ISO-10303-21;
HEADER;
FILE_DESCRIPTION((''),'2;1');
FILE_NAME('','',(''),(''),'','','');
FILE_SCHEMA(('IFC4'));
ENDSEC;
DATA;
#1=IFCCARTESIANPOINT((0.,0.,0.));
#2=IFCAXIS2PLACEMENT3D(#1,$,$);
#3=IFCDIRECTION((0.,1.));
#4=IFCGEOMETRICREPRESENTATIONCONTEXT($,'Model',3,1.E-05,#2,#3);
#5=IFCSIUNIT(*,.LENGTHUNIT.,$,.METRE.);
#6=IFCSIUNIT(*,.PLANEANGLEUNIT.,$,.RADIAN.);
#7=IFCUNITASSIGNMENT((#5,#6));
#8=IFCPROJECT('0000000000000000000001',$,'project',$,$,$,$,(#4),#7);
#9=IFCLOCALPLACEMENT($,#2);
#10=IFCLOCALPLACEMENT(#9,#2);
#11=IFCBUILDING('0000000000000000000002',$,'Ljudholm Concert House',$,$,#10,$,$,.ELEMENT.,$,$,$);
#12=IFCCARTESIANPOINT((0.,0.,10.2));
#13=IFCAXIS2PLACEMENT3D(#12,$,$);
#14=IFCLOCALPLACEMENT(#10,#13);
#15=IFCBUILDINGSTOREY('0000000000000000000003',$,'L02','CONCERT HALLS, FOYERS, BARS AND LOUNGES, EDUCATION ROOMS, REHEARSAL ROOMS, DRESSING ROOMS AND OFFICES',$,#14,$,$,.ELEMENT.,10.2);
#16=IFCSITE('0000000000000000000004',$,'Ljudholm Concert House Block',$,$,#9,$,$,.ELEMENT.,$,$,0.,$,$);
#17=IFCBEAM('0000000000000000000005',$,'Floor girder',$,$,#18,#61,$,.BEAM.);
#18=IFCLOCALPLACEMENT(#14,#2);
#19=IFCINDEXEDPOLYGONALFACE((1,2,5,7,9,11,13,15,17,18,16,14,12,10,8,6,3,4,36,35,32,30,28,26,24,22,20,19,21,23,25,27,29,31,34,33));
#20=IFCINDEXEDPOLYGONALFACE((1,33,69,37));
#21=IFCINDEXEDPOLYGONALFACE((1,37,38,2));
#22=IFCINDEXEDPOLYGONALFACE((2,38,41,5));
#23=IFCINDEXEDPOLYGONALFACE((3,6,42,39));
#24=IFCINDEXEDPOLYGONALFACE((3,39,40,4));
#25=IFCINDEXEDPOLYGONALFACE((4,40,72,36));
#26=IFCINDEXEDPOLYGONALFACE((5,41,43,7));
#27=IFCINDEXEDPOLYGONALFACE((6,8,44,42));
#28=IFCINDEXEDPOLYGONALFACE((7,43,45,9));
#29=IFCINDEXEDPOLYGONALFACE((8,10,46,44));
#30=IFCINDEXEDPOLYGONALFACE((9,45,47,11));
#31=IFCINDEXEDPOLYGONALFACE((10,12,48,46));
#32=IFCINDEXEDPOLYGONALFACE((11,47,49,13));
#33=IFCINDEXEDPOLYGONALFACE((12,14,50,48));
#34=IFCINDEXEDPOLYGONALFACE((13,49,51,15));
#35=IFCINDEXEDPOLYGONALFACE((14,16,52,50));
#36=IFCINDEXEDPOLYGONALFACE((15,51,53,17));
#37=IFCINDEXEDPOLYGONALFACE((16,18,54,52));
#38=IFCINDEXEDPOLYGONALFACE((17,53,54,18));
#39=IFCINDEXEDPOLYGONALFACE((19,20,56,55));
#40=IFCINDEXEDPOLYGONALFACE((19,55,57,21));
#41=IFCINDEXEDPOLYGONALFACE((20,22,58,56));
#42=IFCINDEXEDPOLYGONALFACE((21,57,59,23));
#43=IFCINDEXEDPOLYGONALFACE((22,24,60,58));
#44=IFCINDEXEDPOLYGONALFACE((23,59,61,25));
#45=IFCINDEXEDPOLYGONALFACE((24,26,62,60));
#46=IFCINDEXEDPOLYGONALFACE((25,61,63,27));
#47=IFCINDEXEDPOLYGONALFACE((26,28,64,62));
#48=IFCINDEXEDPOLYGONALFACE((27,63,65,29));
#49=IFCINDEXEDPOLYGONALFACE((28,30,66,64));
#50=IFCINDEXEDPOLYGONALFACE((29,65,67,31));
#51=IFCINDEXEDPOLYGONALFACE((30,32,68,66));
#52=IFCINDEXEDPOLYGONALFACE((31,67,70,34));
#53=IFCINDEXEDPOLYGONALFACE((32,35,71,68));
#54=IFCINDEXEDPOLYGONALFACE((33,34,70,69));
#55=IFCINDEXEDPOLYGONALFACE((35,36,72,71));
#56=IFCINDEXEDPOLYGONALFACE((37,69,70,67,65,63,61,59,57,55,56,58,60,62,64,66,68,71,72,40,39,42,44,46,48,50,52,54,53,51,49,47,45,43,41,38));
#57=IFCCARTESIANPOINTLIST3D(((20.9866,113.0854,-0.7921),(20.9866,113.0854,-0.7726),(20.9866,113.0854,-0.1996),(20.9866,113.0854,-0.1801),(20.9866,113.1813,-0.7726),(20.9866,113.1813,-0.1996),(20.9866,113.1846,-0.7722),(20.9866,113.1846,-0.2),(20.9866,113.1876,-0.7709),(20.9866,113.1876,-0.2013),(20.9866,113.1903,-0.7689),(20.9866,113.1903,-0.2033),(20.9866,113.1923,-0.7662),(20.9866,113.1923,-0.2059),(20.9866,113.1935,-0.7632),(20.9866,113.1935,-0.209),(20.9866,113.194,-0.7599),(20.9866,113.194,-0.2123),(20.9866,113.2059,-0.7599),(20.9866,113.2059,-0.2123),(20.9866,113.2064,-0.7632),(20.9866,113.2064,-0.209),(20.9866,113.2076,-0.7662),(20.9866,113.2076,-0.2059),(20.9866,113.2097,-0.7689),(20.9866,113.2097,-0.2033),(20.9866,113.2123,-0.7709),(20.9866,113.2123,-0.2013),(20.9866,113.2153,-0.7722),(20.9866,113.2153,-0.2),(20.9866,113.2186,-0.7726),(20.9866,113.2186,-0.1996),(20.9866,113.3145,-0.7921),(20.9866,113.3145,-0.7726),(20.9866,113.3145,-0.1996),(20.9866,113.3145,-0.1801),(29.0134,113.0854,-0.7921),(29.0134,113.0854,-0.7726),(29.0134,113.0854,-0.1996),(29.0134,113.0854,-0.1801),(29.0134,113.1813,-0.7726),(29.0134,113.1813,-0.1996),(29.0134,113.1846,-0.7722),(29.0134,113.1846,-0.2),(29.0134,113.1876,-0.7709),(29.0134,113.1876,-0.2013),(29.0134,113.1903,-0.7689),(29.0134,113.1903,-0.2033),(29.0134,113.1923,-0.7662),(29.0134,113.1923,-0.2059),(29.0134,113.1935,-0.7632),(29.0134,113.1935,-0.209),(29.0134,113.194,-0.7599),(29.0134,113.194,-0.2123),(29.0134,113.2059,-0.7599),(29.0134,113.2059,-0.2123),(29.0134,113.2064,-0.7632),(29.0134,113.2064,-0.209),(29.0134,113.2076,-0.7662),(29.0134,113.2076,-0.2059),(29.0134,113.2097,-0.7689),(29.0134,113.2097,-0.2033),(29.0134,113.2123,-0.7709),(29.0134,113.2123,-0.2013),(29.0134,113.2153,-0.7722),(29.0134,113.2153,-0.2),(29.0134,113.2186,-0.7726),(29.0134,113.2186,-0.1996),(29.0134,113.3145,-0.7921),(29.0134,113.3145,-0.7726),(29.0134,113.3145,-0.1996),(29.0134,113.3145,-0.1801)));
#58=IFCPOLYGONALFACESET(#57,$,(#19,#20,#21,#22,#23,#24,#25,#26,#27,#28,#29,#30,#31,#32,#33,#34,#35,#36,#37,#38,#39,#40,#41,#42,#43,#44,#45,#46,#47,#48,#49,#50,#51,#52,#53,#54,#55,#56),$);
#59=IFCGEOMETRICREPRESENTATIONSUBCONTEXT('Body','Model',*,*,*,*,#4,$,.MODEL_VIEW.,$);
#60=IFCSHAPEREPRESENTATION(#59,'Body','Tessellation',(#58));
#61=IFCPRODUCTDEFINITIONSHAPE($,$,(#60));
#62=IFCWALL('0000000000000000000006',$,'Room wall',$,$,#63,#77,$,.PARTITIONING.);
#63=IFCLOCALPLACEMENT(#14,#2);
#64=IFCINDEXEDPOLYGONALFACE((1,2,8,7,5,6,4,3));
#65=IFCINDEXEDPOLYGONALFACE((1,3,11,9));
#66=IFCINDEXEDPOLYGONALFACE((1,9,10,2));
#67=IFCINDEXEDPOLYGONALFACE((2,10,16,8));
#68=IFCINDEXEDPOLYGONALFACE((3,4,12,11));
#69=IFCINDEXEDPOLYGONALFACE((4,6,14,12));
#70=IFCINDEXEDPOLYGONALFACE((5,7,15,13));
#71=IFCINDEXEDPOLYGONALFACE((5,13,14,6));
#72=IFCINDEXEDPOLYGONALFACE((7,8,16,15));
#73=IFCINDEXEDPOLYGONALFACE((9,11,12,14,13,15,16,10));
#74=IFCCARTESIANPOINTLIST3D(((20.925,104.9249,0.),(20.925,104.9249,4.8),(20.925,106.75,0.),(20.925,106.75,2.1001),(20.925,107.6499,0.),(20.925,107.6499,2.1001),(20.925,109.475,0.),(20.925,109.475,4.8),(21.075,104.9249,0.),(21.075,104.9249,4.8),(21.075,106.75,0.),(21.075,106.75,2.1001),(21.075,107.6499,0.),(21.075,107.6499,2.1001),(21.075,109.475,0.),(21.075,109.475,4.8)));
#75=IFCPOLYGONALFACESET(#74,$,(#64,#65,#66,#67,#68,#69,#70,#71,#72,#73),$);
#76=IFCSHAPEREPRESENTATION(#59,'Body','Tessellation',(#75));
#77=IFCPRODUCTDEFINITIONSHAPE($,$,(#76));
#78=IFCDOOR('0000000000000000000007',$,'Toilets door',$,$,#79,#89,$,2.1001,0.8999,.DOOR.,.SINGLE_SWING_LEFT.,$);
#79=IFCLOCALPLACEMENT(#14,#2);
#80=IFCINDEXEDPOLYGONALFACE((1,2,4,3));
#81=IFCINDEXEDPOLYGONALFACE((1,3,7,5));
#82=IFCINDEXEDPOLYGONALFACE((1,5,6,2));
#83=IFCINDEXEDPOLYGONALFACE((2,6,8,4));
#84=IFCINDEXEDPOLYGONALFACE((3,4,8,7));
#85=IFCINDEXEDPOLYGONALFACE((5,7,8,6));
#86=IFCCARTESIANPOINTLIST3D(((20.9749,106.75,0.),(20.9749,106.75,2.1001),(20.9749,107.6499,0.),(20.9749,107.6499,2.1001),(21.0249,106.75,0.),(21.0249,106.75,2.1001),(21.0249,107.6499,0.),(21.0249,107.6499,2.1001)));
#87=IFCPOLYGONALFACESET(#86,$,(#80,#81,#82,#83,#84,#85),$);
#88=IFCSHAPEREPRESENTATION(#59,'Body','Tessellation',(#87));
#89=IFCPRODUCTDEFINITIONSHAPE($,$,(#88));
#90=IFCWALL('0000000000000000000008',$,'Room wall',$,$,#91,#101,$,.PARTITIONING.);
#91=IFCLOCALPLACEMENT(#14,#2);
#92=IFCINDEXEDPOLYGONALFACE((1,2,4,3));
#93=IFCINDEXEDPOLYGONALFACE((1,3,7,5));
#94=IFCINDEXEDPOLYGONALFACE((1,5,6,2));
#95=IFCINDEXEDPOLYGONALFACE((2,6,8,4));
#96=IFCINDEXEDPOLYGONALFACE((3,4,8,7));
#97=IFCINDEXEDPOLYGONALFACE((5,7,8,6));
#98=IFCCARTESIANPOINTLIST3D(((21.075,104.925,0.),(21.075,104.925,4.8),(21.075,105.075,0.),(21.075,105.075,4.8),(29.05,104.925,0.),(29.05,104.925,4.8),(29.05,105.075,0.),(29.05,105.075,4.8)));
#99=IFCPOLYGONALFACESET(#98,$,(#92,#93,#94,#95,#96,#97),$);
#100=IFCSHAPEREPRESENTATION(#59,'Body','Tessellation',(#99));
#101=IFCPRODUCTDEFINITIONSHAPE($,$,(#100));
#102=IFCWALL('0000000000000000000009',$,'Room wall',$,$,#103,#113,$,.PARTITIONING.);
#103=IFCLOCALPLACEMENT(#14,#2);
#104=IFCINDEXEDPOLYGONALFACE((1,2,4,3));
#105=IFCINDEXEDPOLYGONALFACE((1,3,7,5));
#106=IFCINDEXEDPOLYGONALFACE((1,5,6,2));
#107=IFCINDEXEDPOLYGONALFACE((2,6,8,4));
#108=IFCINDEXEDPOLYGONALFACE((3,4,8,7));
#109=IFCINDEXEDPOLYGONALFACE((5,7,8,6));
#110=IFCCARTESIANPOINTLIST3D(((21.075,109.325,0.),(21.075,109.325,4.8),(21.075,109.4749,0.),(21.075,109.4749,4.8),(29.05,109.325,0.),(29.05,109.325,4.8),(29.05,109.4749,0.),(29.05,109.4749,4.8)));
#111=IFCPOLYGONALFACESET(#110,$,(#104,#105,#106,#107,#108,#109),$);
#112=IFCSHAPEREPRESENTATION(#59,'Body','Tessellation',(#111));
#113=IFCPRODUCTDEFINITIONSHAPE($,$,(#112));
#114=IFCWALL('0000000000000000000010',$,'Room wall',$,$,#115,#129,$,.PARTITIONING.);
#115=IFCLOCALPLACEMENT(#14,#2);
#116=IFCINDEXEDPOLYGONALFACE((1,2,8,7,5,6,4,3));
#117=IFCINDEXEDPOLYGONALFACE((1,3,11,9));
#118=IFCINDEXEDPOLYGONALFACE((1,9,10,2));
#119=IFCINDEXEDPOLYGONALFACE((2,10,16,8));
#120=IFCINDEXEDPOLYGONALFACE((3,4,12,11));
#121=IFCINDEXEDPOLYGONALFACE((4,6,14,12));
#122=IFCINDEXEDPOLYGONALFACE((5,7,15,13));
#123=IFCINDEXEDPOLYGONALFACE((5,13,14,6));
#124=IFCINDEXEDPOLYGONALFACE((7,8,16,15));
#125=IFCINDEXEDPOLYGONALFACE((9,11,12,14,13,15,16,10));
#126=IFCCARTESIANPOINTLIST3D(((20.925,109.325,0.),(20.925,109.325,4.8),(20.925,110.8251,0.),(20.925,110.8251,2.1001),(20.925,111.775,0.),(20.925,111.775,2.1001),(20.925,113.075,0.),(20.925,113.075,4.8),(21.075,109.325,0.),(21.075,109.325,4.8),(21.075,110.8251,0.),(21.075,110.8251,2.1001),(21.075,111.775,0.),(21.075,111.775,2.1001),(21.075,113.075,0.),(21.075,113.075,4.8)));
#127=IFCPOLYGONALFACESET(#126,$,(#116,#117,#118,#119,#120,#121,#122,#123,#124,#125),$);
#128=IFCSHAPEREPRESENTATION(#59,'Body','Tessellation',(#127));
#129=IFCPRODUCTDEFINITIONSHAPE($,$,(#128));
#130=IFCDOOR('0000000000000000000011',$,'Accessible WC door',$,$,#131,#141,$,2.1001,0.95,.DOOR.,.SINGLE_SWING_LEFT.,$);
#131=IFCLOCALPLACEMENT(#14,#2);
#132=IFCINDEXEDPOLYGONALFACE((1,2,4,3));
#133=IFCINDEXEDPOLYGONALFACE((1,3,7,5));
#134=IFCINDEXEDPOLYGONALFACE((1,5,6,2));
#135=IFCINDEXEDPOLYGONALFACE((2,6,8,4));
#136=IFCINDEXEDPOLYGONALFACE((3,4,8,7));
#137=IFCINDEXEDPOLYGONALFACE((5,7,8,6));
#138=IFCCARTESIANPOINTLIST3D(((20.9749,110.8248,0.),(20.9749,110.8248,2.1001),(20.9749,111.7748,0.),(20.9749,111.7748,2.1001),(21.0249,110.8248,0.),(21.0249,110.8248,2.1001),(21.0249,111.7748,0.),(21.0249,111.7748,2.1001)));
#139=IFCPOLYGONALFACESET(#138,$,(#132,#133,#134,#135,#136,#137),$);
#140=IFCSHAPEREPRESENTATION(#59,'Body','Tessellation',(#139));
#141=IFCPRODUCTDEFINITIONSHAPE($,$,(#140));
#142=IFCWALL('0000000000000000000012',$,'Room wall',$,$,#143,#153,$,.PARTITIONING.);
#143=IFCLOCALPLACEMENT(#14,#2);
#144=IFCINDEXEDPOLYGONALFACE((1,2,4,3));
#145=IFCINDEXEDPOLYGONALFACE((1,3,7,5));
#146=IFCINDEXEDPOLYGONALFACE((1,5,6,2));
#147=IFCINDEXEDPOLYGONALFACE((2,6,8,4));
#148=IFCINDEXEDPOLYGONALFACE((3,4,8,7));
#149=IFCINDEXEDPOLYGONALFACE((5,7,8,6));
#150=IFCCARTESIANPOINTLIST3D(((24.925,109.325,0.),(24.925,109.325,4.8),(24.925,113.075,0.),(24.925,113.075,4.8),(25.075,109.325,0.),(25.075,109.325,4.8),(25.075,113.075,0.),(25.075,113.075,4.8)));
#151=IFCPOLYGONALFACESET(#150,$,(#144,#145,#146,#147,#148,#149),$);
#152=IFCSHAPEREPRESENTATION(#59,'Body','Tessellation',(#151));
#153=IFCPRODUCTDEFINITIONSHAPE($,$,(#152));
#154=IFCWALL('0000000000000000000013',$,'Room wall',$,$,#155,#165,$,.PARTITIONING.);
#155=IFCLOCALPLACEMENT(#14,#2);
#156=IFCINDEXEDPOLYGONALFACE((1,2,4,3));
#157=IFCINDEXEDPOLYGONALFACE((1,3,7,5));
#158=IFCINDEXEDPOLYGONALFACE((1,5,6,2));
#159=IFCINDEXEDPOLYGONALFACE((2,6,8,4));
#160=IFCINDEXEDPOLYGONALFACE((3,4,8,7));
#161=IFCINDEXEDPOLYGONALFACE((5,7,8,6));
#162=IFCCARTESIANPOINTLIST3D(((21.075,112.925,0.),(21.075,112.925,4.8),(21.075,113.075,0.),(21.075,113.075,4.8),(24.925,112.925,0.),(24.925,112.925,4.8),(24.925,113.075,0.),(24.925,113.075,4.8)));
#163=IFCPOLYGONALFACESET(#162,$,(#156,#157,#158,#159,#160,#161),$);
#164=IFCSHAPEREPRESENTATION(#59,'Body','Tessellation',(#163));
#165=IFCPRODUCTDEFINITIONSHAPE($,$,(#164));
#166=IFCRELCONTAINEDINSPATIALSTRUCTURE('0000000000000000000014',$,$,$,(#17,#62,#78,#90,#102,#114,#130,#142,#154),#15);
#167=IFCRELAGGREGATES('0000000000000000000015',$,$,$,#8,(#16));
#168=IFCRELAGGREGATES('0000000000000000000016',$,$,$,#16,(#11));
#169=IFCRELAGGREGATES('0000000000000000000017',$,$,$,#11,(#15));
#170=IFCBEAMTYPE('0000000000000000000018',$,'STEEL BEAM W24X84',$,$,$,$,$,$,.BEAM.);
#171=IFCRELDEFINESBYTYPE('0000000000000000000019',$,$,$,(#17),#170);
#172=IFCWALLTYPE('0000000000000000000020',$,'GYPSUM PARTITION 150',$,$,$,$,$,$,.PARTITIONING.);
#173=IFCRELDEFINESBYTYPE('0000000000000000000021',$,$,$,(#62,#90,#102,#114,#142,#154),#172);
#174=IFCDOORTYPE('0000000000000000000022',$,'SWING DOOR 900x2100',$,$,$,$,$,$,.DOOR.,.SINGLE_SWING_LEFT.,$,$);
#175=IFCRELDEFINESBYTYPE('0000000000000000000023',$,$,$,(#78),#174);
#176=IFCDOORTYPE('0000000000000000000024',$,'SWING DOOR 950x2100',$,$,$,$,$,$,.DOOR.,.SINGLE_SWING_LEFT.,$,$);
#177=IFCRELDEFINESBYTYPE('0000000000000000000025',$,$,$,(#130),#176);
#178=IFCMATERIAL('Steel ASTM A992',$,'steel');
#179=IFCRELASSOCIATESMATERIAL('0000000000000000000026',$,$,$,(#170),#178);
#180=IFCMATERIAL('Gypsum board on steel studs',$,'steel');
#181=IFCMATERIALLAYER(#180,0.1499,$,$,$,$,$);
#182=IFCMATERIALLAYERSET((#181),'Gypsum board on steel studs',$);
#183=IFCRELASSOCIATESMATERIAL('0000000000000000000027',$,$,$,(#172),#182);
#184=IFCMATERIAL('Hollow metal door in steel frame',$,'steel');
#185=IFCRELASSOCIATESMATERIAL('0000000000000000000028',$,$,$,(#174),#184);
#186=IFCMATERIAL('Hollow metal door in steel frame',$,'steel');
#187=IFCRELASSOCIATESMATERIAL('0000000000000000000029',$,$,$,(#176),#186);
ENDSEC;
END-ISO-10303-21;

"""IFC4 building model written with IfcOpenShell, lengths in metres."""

from ifc_helpers import new_model, si_unit, direction, frame, frame_2d, origin, origin_2d, place, context, subcontext, project, spatial, rectangle, i_section, extrude, material, layer, layer_set, material_profile, profile_set, type_object, element, fill, save


model = new_model("IFC4")

# Units and contexts
model_context = context("Model", 3, precision=1e-05, world=origin(), true_north=direction((0.0, 1.0)))
body_context = subcontext(model_context, "Body", "Model", "MODEL_VIEW")
ifc_project = project(units=[si_unit("LENGTHUNIT", "METRE"), si_unit("PLANEANGLEUNIT", "RADIAN")], contexts=[model_context])

# Site, building, storey
site_placement = place(None, origin())
site = spatial("IfcSite", under=ifc_project, at=site_placement, Name="Ljudholm Concert House Block", CompositionType="ELEMENT", RefElevation=0.0)
building_placement = place(site_placement, origin())
building = spatial("IfcBuilding", under=site, at=building_placement, Name="Ljudholm Concert House", CompositionType="ELEMENT")
storey_placement = place(building_placement, frame((0.0, 0.0, 10.2)))
storey = spatial("IfcBuildingStorey", under=building, at=storey_placement, Name="L02", Description="CONCERT HALLS, FOYERS, BARS AND LOUNGES, EDUCATION ROOMS, REHEARSAL ROOMS, DRESSING ROOMS AND OFFICES", CompositionType="ELEMENT", Elevation=10.2)

# Beam
ifc_material_1 = material(Name="Steel ASTM A992", Category="steel")
ifc_material_profile_1 = material_profile(ifc_material_1, i_section(OverallWidth=0.229, OverallDepth=0.6121, WebThickness=0.012, FlangeThickness=0.0195, FilletRadius=0.0127, at=origin_2d()), Name="W24X84")
ifc_profile_set_1 = profile_set([ifc_material_profile_1], Name="Steel ASTM A992")
beam_type_1 = type_object("IfcBeamType", Name="STEEL BEAM W24X84", PredefinedType="BEAM", material=ifc_profile_set_1)
for number, where, z_axis, x_axis, name in (
    (1, (20.9866, 113.2, -0.4861), (1.0, 0.0, 0.0), (0.0, 1.0, 0.0), "Floor girder"),
):
    element("IfcBeam", number, at=place(storey_placement, frame(where, z_axis=z_axis, x_axis=x_axis)), inside=storey, type_object=beam_type_1, Name=name, PredefinedType="BEAM", context=body_context, shape_type="SweptSolid", body=[
        extrude(i_section(OverallWidth=0.229, OverallDepth=0.6121, WebThickness=0.012, FlangeThickness=0.0195, FilletRadius=0.0127, at=origin_2d()), origin(), (0.0, 0.0, 1.0), 8.0269),
    ])

# Wall, opening, door
ifc_material_2 = material(Name="Gypsum board on steel studs", Category="steel")
ifc_layer_1 = layer(ifc_material_2, 0.1499)
ifc_layer_set_1 = layer_set([ifc_layer_1], Name="Gypsum board on steel studs")
wall_type_1 = type_object("IfcWallType", Name="GYPSUM PARTITION 150", PredefinedType="PARTITIONING", material=ifc_layer_set_1)
wall_1_placement = place(storey_placement, frame((21.0, 104.925, 0.0), z_axis=(0.0, 0.0, 1.0), x_axis=(0.0, 1.0, 0.0)))
wall_1 = element("IfcWall", 2, at=wall_1_placement, inside=storey, type_object=wall_type_1, Name="Room wall", PredefinedType="PARTITIONING", context=body_context, shape_type="SweptSolid", body=[
    extrude(rectangle(XDim=4.55, YDim=0.1499, at=frame_2d((2.2749, 0.0))), origin(), (0.0, 0.0, 1.0), 4.8),
])
opening_1_placement = place(wall_1_placement, frame((1.825, 0.0, 0.0)))
opening_1 = element("IfcOpeningElement", 3, at=opening_1_placement, cuts=wall_1, PredefinedType="OPENING", context=body_context, shape_type="SweptSolid", body=[
    extrude(rectangle(XDim=0.8999, YDim=2.1001, at=frame_2d((0.45, 1.05))), frame((0.0, 0.085, 0.0), z_axis=(0.0, -1.0, 0.0), x_axis=(1.0, 0.0, 0.0)), (0.0, 0.0, 1.0), 0.1699),
])
ifc_material_3 = material(Name="Hollow metal door in steel frame", Category="steel")
door_type_1 = type_object("IfcDoorType", Name="SWING DOOR 900x2100", OperationType="SINGLE_SWING_LEFT", PredefinedType="DOOR", material=ifc_material_3)
door_1_placement = place(opening_1_placement, frame((0.8999, 0.0, 0.0), z_axis=(0.0, 0.0, 1.0), x_axis=(-1.0, 0.0, 0.0)))
door_1 = element("IfcDoor", 4, at=door_1_placement, inside=storey, type_object=door_type_1, Name="Toilets door", OperationType="SINGLE_SWING_LEFT", OverallHeight=2.1001, OverallWidth=0.8999, PredefinedType="DOOR", context=body_context, shape_type="SweptSolid", body=[
    extrude(rectangle(XDim=0.8999, YDim=2.1001, at=frame_2d((0.45, 1.05))), frame((0.0, 0.0249, 0.0), z_axis=(0.0, -1.0, 0.0), x_axis=(1.0, 0.0, 0.0)), (0.0, 0.0, 1.0), 0.05),
])
fill(opening_1, door_1)

# Walls
for number, where, z_axis, x_axis, name in (
    (5, (21.075, 105.0, 0.0), (0.0, 0.0, 1.0), (1.0, 0.0, 0.0), "Room wall"),
    (6, (21.075, 109.3999, 0.0), (0.0, 0.0, 1.0), (1.0, 0.0, 0.0), "Room wall"),
):
    element("IfcWall", number, at=place(storey_placement, frame(where, z_axis=z_axis, x_axis=x_axis)), inside=storey, type_object=wall_type_1, Name=name, PredefinedType="PARTITIONING", context=body_context, shape_type="SweptSolid", body=[
        extrude(rectangle(XDim=7.9751, YDim=0.1499, at=frame_2d((3.9875, 0.0))), origin(), (0.0, 0.0, 1.0), 4.8),
    ])

# Wall, opening, door
wall_2_placement = place(storey_placement, frame((21.0, 109.325, 0.0), z_axis=(0.0, 0.0, 1.0), x_axis=(0.0, 1.0, 0.0)))
wall_2 = element("IfcWall", 7, at=wall_2_placement, inside=storey, type_object=wall_type_1, Name="Room wall", PredefinedType="PARTITIONING", context=body_context, shape_type="SweptSolid", body=[
    extrude(rectangle(XDim=3.75, YDim=0.1499, at=frame_2d((1.875, 0.0))), origin(), (0.0, 0.0, 1.0), 4.8),
])
opening_2_placement = place(wall_2_placement, frame((1.5, 0.0, 0.0)))
opening_2 = element("IfcOpeningElement", 8, at=opening_2_placement, cuts=wall_2, PredefinedType="OPENING", context=body_context, shape_type="SweptSolid", body=[
    extrude(rectangle(XDim=0.95, YDim=2.1001, at=frame_2d((0.4751, 1.05))), frame((0.0, 0.085, 0.0), z_axis=(0.0, -1.0, 0.0), x_axis=(1.0, 0.0, 0.0)), (0.0, 0.0, 1.0), 0.1699),
])
ifc_material_4 = material(Name="Hollow metal door in steel frame", Category="steel")
door_type_2 = type_object("IfcDoorType", Name="SWING DOOR 950x2100", OperationType="SINGLE_SWING_LEFT", PredefinedType="DOOR", material=ifc_material_4)
door_2_placement = place(opening_2_placement, frame((0.95, 0.0, 0.0), z_axis=(0.0, 0.0, 1.0), x_axis=(-1.0, 0.0, 0.0)))
door_2 = element("IfcDoor", 9, at=door_2_placement, inside=storey, type_object=door_type_2, Name="Accessible WC door", OperationType="SINGLE_SWING_LEFT", OverallHeight=2.1001, OverallWidth=0.95, PredefinedType="DOOR", context=body_context, shape_type="SweptSolid", body=[
    extrude(rectangle(XDim=0.95, YDim=2.1001, at=frame_2d((0.4751, 1.05))), frame((0.0, 0.0249, 0.0), z_axis=(0.0, -1.0, 0.0), x_axis=(1.0, 0.0, 0.0)), (0.0, 0.0, 1.0), 0.05),
])
fill(opening_2, door_2)

# Walls
wall_3_placement = place(storey_placement, frame((25.0, 109.325, 0.0), z_axis=(0.0, 0.0, 1.0), x_axis=(0.0, 1.0, 0.0)))
element("IfcWall", 10, at=wall_3_placement, inside=storey, type_object=wall_type_1, Name="Room wall", PredefinedType="PARTITIONING", context=body_context, shape_type="SweptSolid", body=[
    extrude(rectangle(XDim=3.75, YDim=0.1499, at=frame_2d((1.875, 0.0))), origin(), (0.0, 0.0, 1.0), 4.8),
])
wall_4_placement = place(storey_placement, frame((21.075, 113.0, 0.0), z_axis=(0.0, 0.0, 1.0), x_axis=(1.0, 0.0, 0.0)))
element("IfcWall", 11, at=wall_4_placement, inside=storey, type_object=wall_type_1, Name="Room wall", PredefinedType="PARTITIONING", context=body_context, shape_type="SweptSolid", body=[
    extrude(rectangle(XDim=3.8501, YDim=0.1499, at=frame_2d((1.925, 0.0))), origin(), (0.0, 0.0, 1.0), 4.8),
])

save(model, "model.ifc")
